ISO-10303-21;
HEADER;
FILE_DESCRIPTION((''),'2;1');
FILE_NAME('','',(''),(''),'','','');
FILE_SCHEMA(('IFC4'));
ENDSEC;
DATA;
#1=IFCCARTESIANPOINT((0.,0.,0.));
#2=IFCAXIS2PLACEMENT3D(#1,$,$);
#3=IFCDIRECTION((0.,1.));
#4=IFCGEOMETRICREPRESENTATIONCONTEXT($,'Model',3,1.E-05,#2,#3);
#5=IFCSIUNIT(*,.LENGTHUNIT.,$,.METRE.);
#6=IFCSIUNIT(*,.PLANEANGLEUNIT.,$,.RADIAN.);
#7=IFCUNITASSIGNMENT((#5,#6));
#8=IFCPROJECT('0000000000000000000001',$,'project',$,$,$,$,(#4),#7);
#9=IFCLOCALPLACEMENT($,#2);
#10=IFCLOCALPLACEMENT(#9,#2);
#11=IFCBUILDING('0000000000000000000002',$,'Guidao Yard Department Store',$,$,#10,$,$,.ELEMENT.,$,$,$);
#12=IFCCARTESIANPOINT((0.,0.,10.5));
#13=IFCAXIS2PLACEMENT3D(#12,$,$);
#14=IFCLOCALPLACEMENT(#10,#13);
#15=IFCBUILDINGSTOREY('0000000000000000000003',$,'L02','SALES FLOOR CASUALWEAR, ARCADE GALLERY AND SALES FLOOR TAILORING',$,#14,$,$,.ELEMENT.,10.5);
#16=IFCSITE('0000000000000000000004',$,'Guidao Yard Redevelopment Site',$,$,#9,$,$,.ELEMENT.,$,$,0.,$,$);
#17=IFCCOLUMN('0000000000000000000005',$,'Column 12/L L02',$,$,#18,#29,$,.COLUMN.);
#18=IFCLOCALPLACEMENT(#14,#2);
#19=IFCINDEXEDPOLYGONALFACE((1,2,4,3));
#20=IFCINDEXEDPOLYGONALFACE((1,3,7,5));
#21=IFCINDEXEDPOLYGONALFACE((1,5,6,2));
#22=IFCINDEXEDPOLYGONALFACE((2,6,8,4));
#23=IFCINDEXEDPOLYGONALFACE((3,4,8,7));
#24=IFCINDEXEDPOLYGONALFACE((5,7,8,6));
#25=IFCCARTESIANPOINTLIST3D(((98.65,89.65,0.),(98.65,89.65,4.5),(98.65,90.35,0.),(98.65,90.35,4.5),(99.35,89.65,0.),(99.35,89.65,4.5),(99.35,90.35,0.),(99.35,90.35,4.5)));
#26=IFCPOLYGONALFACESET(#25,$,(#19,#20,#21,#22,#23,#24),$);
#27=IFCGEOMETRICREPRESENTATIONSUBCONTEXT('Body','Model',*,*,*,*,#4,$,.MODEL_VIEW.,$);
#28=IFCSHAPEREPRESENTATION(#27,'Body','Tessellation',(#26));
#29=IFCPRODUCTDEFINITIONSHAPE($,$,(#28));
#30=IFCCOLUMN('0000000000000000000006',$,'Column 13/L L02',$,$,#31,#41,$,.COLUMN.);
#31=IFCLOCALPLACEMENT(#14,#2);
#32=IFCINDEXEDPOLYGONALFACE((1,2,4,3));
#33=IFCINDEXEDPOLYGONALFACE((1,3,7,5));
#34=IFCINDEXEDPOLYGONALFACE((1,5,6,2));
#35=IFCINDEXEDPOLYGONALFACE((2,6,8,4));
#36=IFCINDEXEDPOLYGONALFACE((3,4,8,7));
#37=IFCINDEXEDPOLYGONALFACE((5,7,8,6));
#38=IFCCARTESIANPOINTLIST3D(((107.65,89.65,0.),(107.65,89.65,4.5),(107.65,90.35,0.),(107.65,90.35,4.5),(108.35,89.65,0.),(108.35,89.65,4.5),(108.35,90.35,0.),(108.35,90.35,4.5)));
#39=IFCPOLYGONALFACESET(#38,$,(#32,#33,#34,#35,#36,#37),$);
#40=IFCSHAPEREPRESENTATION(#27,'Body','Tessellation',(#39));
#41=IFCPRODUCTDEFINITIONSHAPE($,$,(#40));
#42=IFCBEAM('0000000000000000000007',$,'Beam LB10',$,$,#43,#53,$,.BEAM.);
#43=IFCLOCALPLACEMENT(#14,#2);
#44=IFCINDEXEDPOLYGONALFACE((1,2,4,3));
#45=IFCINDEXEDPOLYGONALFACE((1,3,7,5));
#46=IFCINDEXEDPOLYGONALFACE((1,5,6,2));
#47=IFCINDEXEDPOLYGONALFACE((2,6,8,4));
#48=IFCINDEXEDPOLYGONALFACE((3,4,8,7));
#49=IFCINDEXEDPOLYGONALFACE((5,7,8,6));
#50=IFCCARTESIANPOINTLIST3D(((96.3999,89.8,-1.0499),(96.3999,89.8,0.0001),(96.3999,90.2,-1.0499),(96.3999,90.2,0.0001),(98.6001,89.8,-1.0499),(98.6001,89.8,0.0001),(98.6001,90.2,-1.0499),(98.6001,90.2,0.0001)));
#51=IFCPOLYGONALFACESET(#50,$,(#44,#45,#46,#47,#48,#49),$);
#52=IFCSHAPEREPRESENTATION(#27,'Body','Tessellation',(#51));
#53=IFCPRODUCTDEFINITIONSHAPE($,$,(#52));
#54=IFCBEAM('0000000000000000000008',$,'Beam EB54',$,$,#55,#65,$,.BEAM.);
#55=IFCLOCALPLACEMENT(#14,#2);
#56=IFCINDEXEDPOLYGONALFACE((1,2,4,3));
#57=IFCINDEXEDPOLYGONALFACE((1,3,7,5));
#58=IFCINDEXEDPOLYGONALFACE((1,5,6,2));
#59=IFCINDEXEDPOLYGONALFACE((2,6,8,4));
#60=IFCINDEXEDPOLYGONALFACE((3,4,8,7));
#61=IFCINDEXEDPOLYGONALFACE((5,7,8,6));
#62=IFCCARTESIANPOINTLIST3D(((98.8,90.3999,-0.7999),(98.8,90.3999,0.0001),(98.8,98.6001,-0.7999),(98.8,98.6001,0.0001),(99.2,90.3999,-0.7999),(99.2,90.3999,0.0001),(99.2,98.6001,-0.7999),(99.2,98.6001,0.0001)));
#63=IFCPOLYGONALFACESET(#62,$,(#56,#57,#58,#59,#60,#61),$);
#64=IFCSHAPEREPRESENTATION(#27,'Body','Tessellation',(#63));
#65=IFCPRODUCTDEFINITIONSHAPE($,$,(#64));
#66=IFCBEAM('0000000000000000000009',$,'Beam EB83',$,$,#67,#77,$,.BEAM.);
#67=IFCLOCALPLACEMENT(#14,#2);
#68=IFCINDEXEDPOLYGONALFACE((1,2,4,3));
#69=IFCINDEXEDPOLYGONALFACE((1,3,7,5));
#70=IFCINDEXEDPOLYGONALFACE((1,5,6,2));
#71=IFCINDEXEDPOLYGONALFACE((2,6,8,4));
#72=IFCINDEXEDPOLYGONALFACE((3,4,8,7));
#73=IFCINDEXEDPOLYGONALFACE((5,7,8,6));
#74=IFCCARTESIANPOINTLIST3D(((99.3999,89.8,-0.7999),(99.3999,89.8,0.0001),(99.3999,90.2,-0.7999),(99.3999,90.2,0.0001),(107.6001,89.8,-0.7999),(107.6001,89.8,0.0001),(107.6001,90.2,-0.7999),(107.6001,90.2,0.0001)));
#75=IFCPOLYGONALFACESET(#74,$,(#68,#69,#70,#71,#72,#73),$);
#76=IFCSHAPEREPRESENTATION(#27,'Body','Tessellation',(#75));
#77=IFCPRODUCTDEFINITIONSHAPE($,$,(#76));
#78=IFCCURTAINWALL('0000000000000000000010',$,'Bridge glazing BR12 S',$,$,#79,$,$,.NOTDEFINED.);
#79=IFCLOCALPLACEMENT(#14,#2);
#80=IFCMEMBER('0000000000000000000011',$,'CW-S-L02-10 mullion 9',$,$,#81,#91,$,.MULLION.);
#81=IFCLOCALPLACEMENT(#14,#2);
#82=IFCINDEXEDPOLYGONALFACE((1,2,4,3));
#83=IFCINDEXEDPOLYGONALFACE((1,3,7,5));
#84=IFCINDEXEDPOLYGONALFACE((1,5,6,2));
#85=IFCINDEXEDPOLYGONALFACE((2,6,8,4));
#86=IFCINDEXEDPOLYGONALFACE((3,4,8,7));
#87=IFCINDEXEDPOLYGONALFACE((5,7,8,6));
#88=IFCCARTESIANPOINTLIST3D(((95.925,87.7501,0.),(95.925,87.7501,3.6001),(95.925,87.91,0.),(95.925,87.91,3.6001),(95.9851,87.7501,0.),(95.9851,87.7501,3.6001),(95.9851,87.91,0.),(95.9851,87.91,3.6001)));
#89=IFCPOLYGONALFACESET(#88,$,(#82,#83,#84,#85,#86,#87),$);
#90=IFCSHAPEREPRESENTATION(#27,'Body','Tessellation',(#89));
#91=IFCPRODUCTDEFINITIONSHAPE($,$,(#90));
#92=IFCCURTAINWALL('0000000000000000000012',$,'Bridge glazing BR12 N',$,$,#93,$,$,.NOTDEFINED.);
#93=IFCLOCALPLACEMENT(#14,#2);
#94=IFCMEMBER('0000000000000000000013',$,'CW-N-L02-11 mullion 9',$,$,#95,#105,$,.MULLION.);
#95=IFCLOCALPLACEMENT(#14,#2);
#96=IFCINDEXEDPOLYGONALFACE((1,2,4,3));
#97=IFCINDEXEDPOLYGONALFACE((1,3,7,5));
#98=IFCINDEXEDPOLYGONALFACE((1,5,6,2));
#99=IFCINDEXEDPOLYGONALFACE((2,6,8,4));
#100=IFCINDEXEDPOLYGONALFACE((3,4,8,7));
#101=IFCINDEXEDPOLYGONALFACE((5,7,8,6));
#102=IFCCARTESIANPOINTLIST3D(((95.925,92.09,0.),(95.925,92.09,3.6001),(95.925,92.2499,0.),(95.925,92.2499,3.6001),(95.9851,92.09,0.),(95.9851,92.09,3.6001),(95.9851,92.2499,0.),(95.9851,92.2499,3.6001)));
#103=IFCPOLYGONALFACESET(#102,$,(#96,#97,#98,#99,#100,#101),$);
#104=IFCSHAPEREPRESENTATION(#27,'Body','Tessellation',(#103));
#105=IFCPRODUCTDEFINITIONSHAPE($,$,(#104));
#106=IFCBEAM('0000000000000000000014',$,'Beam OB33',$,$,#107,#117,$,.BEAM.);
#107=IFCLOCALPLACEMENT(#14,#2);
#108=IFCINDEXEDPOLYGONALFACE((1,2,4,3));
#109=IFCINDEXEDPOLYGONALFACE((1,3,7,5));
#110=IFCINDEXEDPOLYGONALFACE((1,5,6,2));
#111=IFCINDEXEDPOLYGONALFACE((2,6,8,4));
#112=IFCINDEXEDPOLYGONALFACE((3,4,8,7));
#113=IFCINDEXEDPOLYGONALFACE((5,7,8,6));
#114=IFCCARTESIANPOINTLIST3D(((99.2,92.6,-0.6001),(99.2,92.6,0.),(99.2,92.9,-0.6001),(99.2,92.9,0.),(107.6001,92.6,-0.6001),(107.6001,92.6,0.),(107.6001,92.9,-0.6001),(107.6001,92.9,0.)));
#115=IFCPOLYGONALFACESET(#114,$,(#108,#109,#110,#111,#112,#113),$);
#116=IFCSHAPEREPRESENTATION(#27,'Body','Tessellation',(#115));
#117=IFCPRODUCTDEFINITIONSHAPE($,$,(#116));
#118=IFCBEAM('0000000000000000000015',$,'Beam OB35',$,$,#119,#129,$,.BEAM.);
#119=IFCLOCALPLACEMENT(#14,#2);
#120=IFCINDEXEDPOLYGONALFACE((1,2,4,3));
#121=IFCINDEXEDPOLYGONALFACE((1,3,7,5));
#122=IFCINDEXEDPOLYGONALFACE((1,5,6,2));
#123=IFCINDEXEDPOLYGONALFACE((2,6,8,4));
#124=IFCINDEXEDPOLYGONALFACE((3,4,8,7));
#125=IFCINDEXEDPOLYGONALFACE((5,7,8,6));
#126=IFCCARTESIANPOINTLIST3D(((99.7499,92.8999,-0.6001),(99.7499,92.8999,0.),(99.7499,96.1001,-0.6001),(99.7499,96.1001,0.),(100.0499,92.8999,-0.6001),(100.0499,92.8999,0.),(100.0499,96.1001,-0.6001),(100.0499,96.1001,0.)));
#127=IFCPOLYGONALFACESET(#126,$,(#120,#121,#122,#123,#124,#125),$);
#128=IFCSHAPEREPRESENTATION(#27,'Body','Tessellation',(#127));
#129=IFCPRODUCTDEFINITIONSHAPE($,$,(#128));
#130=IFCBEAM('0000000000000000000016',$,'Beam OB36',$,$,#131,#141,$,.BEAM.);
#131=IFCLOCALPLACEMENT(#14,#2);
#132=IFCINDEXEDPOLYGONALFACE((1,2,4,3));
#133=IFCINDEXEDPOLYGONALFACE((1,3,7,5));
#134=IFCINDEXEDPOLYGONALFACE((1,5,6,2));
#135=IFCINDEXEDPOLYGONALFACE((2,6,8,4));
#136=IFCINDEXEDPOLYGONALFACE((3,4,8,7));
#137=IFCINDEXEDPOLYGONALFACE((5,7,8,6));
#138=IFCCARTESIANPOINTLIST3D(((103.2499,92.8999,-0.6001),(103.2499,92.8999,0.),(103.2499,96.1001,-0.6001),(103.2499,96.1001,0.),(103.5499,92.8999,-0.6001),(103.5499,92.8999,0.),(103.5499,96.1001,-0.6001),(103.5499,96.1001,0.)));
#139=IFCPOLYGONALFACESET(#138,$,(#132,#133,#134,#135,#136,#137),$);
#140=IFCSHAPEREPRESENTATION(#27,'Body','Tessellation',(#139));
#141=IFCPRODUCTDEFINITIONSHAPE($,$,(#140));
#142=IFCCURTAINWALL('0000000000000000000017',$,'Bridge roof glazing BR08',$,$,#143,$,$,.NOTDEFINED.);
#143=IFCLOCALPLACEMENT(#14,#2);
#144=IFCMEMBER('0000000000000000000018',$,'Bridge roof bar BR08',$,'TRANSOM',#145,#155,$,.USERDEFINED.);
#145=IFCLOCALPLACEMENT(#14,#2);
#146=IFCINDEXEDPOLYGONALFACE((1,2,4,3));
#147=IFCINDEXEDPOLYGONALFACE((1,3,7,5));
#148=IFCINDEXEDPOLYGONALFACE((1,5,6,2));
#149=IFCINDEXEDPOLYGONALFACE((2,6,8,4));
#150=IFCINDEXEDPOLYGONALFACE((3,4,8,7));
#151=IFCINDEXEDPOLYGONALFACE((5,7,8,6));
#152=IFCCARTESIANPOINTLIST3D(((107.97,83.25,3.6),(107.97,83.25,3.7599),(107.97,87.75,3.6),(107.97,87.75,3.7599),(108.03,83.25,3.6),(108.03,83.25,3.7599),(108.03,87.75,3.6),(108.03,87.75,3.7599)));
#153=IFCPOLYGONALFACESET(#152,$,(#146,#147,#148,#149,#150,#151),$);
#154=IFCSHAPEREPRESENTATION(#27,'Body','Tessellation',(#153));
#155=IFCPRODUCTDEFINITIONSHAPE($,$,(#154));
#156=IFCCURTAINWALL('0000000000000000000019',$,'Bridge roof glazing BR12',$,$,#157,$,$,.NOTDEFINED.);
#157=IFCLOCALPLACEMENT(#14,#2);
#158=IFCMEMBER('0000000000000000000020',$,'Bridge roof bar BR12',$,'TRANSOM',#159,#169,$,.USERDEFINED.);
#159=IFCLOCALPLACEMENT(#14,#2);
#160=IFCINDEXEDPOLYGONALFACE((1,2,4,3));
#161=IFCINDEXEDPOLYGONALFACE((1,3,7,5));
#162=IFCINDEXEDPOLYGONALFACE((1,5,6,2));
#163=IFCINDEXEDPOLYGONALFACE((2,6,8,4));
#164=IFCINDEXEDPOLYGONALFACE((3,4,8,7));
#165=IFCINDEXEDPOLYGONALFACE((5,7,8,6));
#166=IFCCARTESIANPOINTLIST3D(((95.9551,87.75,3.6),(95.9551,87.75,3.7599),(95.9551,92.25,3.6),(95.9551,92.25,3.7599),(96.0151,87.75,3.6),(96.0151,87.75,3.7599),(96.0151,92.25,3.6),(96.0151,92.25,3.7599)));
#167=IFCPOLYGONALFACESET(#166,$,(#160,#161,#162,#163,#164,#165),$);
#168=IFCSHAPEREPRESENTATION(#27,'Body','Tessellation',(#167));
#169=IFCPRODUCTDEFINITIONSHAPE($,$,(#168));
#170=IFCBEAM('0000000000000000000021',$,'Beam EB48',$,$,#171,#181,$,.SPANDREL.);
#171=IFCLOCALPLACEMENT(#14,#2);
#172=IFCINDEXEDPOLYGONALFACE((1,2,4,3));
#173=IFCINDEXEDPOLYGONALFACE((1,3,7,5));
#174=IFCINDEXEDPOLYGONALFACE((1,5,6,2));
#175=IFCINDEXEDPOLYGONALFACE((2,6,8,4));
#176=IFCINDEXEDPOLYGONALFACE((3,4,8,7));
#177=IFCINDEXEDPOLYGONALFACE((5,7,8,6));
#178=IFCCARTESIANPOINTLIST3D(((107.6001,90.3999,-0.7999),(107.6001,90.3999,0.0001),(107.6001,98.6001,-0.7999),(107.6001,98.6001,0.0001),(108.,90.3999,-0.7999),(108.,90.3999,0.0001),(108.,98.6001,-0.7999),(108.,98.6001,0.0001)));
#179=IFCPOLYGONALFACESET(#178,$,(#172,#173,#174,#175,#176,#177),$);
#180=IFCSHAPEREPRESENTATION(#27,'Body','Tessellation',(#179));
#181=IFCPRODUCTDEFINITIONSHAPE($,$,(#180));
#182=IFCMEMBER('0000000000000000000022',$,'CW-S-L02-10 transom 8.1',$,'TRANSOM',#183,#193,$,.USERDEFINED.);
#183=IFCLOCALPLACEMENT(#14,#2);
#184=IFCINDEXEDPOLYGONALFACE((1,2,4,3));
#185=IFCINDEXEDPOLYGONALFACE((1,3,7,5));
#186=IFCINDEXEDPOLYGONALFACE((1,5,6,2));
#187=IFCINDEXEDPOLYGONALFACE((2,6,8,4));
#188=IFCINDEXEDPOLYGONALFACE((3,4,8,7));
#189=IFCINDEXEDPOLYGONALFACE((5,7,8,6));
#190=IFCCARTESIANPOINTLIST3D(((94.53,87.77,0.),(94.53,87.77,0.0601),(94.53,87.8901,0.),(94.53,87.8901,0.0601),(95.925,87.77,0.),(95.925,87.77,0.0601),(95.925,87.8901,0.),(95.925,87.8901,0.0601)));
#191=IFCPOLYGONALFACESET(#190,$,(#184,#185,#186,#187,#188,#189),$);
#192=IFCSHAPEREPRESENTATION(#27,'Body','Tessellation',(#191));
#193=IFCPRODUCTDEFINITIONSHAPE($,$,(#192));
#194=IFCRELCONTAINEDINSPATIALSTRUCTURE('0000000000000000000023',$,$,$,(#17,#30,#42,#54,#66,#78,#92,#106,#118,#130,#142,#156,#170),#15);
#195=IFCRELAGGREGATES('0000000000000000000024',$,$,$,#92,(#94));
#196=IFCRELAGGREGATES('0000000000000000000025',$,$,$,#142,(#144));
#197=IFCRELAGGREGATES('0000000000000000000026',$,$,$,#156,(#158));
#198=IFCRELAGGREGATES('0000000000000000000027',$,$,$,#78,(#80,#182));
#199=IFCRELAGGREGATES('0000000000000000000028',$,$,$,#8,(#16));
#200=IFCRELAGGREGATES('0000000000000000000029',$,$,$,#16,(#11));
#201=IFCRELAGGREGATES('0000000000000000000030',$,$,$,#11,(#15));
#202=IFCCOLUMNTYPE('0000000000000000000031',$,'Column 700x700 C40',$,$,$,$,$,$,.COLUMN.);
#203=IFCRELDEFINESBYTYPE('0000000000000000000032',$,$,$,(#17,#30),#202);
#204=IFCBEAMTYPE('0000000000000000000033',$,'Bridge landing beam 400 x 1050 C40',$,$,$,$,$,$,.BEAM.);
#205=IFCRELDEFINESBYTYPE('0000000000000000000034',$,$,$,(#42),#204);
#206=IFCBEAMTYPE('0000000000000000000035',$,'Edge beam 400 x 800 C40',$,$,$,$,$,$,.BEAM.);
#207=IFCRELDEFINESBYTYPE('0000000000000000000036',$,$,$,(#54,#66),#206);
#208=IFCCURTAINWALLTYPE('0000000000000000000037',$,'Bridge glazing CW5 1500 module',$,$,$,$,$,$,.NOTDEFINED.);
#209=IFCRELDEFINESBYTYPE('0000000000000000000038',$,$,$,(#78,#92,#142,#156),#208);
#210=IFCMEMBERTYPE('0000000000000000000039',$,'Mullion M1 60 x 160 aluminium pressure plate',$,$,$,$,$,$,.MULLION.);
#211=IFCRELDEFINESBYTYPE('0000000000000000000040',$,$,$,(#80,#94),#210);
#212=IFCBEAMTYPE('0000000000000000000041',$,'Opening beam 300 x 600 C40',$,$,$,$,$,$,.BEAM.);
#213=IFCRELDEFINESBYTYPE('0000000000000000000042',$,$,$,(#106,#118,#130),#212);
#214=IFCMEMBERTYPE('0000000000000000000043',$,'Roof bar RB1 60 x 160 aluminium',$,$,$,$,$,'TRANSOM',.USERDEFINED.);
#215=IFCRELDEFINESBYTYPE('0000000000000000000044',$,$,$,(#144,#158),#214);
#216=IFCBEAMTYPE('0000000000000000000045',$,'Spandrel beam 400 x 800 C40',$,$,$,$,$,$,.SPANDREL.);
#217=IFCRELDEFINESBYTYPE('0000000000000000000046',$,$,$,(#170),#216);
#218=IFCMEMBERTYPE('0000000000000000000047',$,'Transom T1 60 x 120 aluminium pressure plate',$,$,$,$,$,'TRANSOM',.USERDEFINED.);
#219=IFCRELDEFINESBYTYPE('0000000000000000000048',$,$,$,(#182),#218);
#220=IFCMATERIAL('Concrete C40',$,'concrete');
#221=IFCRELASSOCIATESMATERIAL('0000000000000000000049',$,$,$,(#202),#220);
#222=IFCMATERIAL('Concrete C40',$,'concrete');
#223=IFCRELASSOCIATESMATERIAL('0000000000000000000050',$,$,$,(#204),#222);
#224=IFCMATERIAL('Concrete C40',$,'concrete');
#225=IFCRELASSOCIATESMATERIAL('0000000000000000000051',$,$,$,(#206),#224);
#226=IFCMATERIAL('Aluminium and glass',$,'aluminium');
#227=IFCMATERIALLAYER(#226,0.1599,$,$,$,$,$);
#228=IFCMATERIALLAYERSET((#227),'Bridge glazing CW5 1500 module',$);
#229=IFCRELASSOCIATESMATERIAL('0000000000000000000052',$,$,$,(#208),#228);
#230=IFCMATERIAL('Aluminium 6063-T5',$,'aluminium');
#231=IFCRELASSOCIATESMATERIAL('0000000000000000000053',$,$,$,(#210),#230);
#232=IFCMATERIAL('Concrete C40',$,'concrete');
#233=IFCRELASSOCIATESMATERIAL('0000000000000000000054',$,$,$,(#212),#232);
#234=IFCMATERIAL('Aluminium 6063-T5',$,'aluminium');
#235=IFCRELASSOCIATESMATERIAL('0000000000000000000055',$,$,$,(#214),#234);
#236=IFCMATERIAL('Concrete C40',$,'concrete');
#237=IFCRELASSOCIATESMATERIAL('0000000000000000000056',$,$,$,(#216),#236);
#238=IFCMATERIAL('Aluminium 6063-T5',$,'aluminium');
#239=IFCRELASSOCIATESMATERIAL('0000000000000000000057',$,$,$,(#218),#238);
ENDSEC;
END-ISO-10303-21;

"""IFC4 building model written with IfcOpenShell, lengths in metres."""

from ifc_helpers import new_model, si_unit, direction, frame, origin, origin_2d, place, context, subcontext, project, spatial, rectangle, extrude, material, layer, layer_set, material_profile, profile_set, type_object, element, aggregate, save


model = new_model("IFC4")

# Units and contexts
model_context = context("Model", 3, precision=1e-05, world=origin(), true_north=direction((0.0, 1.0)))
body_context = subcontext(model_context, "Body", "Model", "MODEL_VIEW")
ifc_project = project(units=[si_unit("LENGTHUNIT", "METRE"), si_unit("PLANEANGLEUNIT", "RADIAN")], contexts=[model_context])

# Site, building, storey
site_placement = place(None, origin())
site = spatial("IfcSite", under=ifc_project, at=site_placement, Name="Guidao Yard Redevelopment Site", CompositionType="ELEMENT", RefElevation=0.0)
building_placement = place(site_placement, origin())
building = spatial("IfcBuilding", under=site, at=building_placement, Name="Guidao Yard Department Store", CompositionType="ELEMENT")
storey_placement = place(building_placement, frame((0.0, 0.0, 10.5)))
storey = spatial("IfcBuildingStorey", under=building, at=storey_placement, Name="L02", Description="SALES FLOOR CASUALWEAR, ARCADE GALLERY AND SALES FLOOR TAILORING", CompositionType="ELEMENT", Elevation=10.5)

# Columns
ifc_material_1 = material(Name="Concrete C40", Category="concrete")
ifc_material_profile_1 = material_profile(ifc_material_1, rectangle(XDim=0.7, YDim=0.7, at=origin_2d()), Name="COL 700x700")
ifc_profile_set_1 = profile_set([ifc_material_profile_1], Name="Concrete C40")
column_type = type_object("IfcColumnType", Name="Column 700x700 C40", PredefinedType="COLUMN", material=ifc_profile_set_1)
for number, where, z_axis, x_axis, name in (
    (1, (99.0, 90.0, 0.0), (0.0, 0.0, 1.0), (1.0, 0.0, 0.0), "Column 12/L L02"),
    (2, (108.0, 90.0, 0.0), (0.0, 0.0, 1.0), (1.0, 0.0, 0.0), "Column 13/L L02"),
):
    element("IfcColumn", number, at=place(storey_placement, frame(where, z_axis=z_axis, x_axis=x_axis)), inside=storey, type_object=column_type, Name=name, PredefinedType="COLUMN", context=body_context, shape_type="SweptSolid", body=[
        extrude(rectangle(XDim=0.7, YDim=0.7, at=origin_2d()), origin(), (0.0, 0.0, 1.0), 4.5),
    ])

# Beams
ifc_material_2 = material(Name="Concrete C40", Category="concrete")
ifc_material_profile_2 = material_profile(ifc_material_2, rectangle(XDim=0.3999, YDim=1.05, at=origin_2d()), Name="Bridge landing beam 400 x 1050 C40")
ifc_profile_set_2 = profile_set([ifc_material_profile_2], Name="Concrete C40")
beam_type_1 = type_object("IfcBeamType", Name="Bridge landing beam 400 x 1050 C40", PredefinedType="BEAM", material=ifc_profile_set_2)
beam_1_placement = place(storey_placement, frame((96.3999, 90.0, -0.5249), z_axis=(1.0, 0.0, 0.0), x_axis=(0.0, 1.0, 0.0)))
element("IfcBeam", 3, at=beam_1_placement, inside=storey, type_object=beam_type_1, Name="Beam LB10", PredefinedType="BEAM", context=body_context, shape_type="SweptSolid", body=[
    extrude(rectangle(XDim=0.3999, YDim=1.05, at=origin_2d()), origin(), (0.0, 0.0, 1.0), 2.2002),
])
ifc_material_3 = material(Name="Concrete C40", Category="concrete")
ifc_material_profile_3 = material_profile(ifc_material_3, rectangle(XDim=0.3999, YDim=0.8, at=origin_2d()), Name="Edge beam 400 x 800 C40")
ifc_profile_set_3 = profile_set([ifc_material_profile_3], Name="Concrete C40")
beam_type_2 = type_object("IfcBeamType", Name="Edge beam 400 x 800 C40", PredefinedType="BEAM", material=ifc_profile_set_3)
for number, where, z_axis, x_axis, name in (
    (4, (99.0, 90.3999, -0.3999), (0.0, 1.0, 0.0), (-1.0, 0.0, 0.0), "Beam EB54"),
    (5, (99.3999, 90.0, -0.3999), (1.0, 0.0, 0.0), (0.0, 1.0, 0.0), "Beam EB83"),
):
    element("IfcBeam", number, at=place(storey_placement, frame(where, z_axis=z_axis, x_axis=x_axis)), inside=storey, type_object=beam_type_2, Name=name, PredefinedType="BEAM", context=body_context, shape_type="SweptSolid", body=[
        extrude(rectangle(XDim=0.3999, YDim=0.8, at=origin_2d()), origin(), (0.0, 0.0, 1.0), 8.2002),
    ])

# Curtain walls, members
ifc_material_4 = material(Name="Aluminium and glass", Category="aluminium")
ifc_layer_1 = layer(ifc_material_4, 0.1599)
ifc_layer_set_1 = layer_set([ifc_layer_1], Name="Bridge glazing CW5 1500 module")
curtain_wall_type = type_object("IfcCurtainWallType", Name="Bridge glazing CW5 1500 module", PredefinedType="NOTDEFINED", material=ifc_layer_set_1)
curtain_wall_1_placement = place(storey_placement, origin())
curtain_wall_1 = element("IfcCurtainWall", 6, at=curtain_wall_1_placement, inside=storey, type_object=curtain_wall_type, Name="Bridge glazing BR12 S", PredefinedType="NOTDEFINED")
ifc_material_5 = material(Name="Aluminium 6063-T5", Category="aluminium")
ifc_material_profile_4 = material_profile(ifc_material_5, rectangle(XDim=0.0601, YDim=0.1599, at=origin_2d()), Name="Mullion M1 60 x 160 aluminium pressure plate")
ifc_profile_set_4 = profile_set([ifc_material_profile_4], Name="Aluminium 6063-T5")
member_type_1 = type_object("IfcMemberType", Name="Mullion M1 60 x 160 aluminium pressure plate", PredefinedType="MULLION", material=ifc_profile_set_4)
member_1_placement = place(storey_placement, frame((95.9551, 87.8301, 0.0), z_axis=(0.0, 0.0, 1.0), x_axis=(-1.0, 0.0, 0.0)))
member_1 = element("IfcMember", 7, at=member_1_placement, type_object=member_type_1, Name="CW-S-L02-10 mullion 9", PredefinedType="MULLION", context=body_context, shape_type="SweptSolid", body=[
    extrude(rectangle(XDim=0.0601, YDim=0.1599, at=origin_2d()), origin(), (0.0, 0.0, 1.0), 3.6001),
])
curtain_wall_2_placement = place(storey_placement, origin())
curtain_wall_2 = element("IfcCurtainWall", 8, at=curtain_wall_2_placement, inside=storey, type_object=curtain_wall_type, Name="Bridge glazing BR12 N", PredefinedType="NOTDEFINED")
member_2_placement = place(storey_placement, frame((95.9551, 92.1699, 0.0), z_axis=(0.0, 0.0, 1.0), x_axis=(1.0, 0.0, 0.0)))
member_2 = element("IfcMember", 9, at=member_2_placement, type_object=member_type_1, Name="CW-N-L02-11 mullion 9", PredefinedType="MULLION", context=body_context, shape_type="SweptSolid", body=[
    extrude(rectangle(XDim=0.0601, YDim=0.1599, at=origin_2d()), origin(), (0.0, 0.0, 1.0), 3.6001),
])
aggregate(curtain_wall_2, [member_2])

# Beams
ifc_material_6 = material(Name="Concrete C40", Category="concrete")
ifc_material_profile_5 = material_profile(ifc_material_6, rectangle(XDim=0.3, YDim=0.6001, at=origin_2d()), Name="Opening beam 300 x 600 C40")
ifc_profile_set_5 = profile_set([ifc_material_profile_5], Name="Concrete C40")
beam_type_3 = type_object("IfcBeamType", Name="Opening beam 300 x 600 C40", PredefinedType="BEAM", material=ifc_profile_set_5)
beam_2_placement = place(storey_placement, frame((99.2, 92.75, -0.3), z_axis=(1.0, 0.0, 0.0), x_axis=(0.0, 1.0, 0.0)))
element("IfcBeam", 10, at=beam_2_placement, inside=storey, type_object=beam_type_3, Name="Beam OB33", PredefinedType="BEAM", context=body_context, shape_type="SweptSolid", body=[
    extrude(rectangle(XDim=0.3, YDim=0.6001, at=origin_2d()), origin(), (0.0, 0.0, 1.0), 8.4001),
])
for number, where, z_axis, x_axis, name in (
    (11, (99.8999, 92.8999, -0.3), (0.0, 1.0, 0.0), (-1.0, 0.0, 0.0), "Beam OB35"),
    (12, (103.3999, 92.8999, -0.3), (0.0, 1.0, 0.0), (-1.0, 0.0, 0.0), "Beam OB36"),
):
    element("IfcBeam", number, at=place(storey_placement, frame(where, z_axis=z_axis, x_axis=x_axis)), inside=storey, type_object=beam_type_3, Name=name, PredefinedType="BEAM", context=body_context, shape_type="SweptSolid", body=[
        extrude(rectangle(XDim=0.3, YDim=0.6001, at=origin_2d()), origin(), (0.0, 0.0, 1.0), 3.2002),
    ])

# Curtain walls, members
curtain_wall_3_placement = place(storey_placement, origin())
curtain_wall_3 = element("IfcCurtainWall", 13, at=curtain_wall_3_placement, inside=storey, type_object=curtain_wall_type, Name="Bridge roof glazing BR08", PredefinedType="NOTDEFINED")
ifc_material_7 = material(Name="Aluminium 6063-T5", Category="aluminium")
ifc_material_profile_6 = material_profile(ifc_material_7, rectangle(XDim=0.0601, YDim=0.1599, at=origin_2d()), Name="Roof bar RB1 60 x 160 aluminium")
ifc_profile_set_6 = profile_set([ifc_material_profile_6], Name="Aluminium 6063-T5")
member_type_2 = type_object("IfcMemberType", Name="Roof bar RB1 60 x 160 aluminium", ElementType="TRANSOM", PredefinedType="USERDEFINED", material=ifc_profile_set_6)
member_3_placement = place(storey_placement, frame((108.0, 83.25, 3.6799), z_axis=(0.0, 1.0, 0.0), x_axis=(-1.0, 0.0, 0.0)))
member_3 = element("IfcMember", 14, at=member_3_placement, type_object=member_type_2, Name="Bridge roof bar BR08", ObjectType="TRANSOM", PredefinedType="USERDEFINED", context=body_context, shape_type="SweptSolid", body=[
    extrude(rectangle(XDim=0.0601, YDim=0.1599, at=origin_2d()), origin(), (0.0, 0.0, 1.0), 4.5),
])
aggregate(curtain_wall_3, [member_3])
curtain_wall_4_placement = place(storey_placement, origin())
curtain_wall_4 = element("IfcCurtainWall", 15, at=curtain_wall_4_placement, inside=storey, type_object=curtain_wall_type, Name="Bridge roof glazing BR12", PredefinedType="NOTDEFINED")
member_4_placement = place(storey_placement, frame((95.9851, 87.75, 3.6799), z_axis=(0.0, 1.0, 0.0), x_axis=(-1.0, 0.0, 0.0)))
member_4 = element("IfcMember", 16, at=member_4_placement, type_object=member_type_2, Name="Bridge roof bar BR12", ObjectType="TRANSOM", PredefinedType="USERDEFINED", context=body_context, shape_type="SweptSolid", body=[
    extrude(rectangle(XDim=0.0601, YDim=0.1599, at=origin_2d()), origin(), (0.0, 0.0, 1.0), 4.5),
])
aggregate(curtain_wall_4, [member_4])

# Beam
ifc_material_8 = material(Name="Concrete C40", Category="concrete")
ifc_material_profile_7 = material_profile(ifc_material_8, rectangle(XDim=0.3999, YDim=0.8, at=origin_2d()), Name="Spandrel beam 400 x 800 C40")
ifc_profile_set_7 = profile_set([ifc_material_profile_7], Name="Concrete C40")
beam_type_4 = type_object("IfcBeamType", Name="Spandrel beam 400 x 800 C40", PredefinedType="SPANDREL", material=ifc_profile_set_7)
beam_3_placement = place(storey_placement, frame((107.8, 90.3999, -0.3999), z_axis=(0.0, 1.0, 0.0), x_axis=(-1.0, 0.0, 0.0)))
element("IfcBeam", 17, at=beam_3_placement, inside=storey, type_object=beam_type_4, Name="Beam EB48", PredefinedType="SPANDREL", context=body_context, shape_type="SweptSolid", body=[
    extrude(rectangle(XDim=0.3999, YDim=0.8, at=origin_2d()), origin(), (0.0, 0.0, 1.0), 8.2002),
])

# Member
ifc_material_9 = material(Name="Aluminium 6063-T5", Category="aluminium")
ifc_material_profile_8 = material_profile(ifc_material_9, rectangle(XDim=0.1201, YDim=0.0601, at=origin_2d()), Name="Transom T1 60 x 120 aluminium pressure plate")
ifc_profile_set_8 = profile_set([ifc_material_profile_8], Name="Aluminium 6063-T5")
member_type_3 = type_object("IfcMemberType", Name="Transom T1 60 x 120 aluminium pressure plate", ElementType="TRANSOM", PredefinedType="USERDEFINED", material=ifc_profile_set_8)
member_5_placement = place(storey_placement, frame((95.925, 87.8301, 0.03), z_axis=(-1.0, 0.0, 0.0), x_axis=(0.0, -1.0, 0.0)))
member_5 = element("IfcMember", 18, at=member_5_placement, type_object=member_type_3, Name="CW-S-L02-10 transom 8.1", ObjectType="TRANSOM", PredefinedType="USERDEFINED", context=body_context, shape_type="SweptSolid", body=[
    extrude(rectangle(XDim=0.1201, YDim=0.0601, at=origin_2d()), origin(), (0.0, 0.0, 1.0), 1.395),
])
aggregate(curtain_wall_1, [member_1, member_5])

save(model, "model.ifc")
